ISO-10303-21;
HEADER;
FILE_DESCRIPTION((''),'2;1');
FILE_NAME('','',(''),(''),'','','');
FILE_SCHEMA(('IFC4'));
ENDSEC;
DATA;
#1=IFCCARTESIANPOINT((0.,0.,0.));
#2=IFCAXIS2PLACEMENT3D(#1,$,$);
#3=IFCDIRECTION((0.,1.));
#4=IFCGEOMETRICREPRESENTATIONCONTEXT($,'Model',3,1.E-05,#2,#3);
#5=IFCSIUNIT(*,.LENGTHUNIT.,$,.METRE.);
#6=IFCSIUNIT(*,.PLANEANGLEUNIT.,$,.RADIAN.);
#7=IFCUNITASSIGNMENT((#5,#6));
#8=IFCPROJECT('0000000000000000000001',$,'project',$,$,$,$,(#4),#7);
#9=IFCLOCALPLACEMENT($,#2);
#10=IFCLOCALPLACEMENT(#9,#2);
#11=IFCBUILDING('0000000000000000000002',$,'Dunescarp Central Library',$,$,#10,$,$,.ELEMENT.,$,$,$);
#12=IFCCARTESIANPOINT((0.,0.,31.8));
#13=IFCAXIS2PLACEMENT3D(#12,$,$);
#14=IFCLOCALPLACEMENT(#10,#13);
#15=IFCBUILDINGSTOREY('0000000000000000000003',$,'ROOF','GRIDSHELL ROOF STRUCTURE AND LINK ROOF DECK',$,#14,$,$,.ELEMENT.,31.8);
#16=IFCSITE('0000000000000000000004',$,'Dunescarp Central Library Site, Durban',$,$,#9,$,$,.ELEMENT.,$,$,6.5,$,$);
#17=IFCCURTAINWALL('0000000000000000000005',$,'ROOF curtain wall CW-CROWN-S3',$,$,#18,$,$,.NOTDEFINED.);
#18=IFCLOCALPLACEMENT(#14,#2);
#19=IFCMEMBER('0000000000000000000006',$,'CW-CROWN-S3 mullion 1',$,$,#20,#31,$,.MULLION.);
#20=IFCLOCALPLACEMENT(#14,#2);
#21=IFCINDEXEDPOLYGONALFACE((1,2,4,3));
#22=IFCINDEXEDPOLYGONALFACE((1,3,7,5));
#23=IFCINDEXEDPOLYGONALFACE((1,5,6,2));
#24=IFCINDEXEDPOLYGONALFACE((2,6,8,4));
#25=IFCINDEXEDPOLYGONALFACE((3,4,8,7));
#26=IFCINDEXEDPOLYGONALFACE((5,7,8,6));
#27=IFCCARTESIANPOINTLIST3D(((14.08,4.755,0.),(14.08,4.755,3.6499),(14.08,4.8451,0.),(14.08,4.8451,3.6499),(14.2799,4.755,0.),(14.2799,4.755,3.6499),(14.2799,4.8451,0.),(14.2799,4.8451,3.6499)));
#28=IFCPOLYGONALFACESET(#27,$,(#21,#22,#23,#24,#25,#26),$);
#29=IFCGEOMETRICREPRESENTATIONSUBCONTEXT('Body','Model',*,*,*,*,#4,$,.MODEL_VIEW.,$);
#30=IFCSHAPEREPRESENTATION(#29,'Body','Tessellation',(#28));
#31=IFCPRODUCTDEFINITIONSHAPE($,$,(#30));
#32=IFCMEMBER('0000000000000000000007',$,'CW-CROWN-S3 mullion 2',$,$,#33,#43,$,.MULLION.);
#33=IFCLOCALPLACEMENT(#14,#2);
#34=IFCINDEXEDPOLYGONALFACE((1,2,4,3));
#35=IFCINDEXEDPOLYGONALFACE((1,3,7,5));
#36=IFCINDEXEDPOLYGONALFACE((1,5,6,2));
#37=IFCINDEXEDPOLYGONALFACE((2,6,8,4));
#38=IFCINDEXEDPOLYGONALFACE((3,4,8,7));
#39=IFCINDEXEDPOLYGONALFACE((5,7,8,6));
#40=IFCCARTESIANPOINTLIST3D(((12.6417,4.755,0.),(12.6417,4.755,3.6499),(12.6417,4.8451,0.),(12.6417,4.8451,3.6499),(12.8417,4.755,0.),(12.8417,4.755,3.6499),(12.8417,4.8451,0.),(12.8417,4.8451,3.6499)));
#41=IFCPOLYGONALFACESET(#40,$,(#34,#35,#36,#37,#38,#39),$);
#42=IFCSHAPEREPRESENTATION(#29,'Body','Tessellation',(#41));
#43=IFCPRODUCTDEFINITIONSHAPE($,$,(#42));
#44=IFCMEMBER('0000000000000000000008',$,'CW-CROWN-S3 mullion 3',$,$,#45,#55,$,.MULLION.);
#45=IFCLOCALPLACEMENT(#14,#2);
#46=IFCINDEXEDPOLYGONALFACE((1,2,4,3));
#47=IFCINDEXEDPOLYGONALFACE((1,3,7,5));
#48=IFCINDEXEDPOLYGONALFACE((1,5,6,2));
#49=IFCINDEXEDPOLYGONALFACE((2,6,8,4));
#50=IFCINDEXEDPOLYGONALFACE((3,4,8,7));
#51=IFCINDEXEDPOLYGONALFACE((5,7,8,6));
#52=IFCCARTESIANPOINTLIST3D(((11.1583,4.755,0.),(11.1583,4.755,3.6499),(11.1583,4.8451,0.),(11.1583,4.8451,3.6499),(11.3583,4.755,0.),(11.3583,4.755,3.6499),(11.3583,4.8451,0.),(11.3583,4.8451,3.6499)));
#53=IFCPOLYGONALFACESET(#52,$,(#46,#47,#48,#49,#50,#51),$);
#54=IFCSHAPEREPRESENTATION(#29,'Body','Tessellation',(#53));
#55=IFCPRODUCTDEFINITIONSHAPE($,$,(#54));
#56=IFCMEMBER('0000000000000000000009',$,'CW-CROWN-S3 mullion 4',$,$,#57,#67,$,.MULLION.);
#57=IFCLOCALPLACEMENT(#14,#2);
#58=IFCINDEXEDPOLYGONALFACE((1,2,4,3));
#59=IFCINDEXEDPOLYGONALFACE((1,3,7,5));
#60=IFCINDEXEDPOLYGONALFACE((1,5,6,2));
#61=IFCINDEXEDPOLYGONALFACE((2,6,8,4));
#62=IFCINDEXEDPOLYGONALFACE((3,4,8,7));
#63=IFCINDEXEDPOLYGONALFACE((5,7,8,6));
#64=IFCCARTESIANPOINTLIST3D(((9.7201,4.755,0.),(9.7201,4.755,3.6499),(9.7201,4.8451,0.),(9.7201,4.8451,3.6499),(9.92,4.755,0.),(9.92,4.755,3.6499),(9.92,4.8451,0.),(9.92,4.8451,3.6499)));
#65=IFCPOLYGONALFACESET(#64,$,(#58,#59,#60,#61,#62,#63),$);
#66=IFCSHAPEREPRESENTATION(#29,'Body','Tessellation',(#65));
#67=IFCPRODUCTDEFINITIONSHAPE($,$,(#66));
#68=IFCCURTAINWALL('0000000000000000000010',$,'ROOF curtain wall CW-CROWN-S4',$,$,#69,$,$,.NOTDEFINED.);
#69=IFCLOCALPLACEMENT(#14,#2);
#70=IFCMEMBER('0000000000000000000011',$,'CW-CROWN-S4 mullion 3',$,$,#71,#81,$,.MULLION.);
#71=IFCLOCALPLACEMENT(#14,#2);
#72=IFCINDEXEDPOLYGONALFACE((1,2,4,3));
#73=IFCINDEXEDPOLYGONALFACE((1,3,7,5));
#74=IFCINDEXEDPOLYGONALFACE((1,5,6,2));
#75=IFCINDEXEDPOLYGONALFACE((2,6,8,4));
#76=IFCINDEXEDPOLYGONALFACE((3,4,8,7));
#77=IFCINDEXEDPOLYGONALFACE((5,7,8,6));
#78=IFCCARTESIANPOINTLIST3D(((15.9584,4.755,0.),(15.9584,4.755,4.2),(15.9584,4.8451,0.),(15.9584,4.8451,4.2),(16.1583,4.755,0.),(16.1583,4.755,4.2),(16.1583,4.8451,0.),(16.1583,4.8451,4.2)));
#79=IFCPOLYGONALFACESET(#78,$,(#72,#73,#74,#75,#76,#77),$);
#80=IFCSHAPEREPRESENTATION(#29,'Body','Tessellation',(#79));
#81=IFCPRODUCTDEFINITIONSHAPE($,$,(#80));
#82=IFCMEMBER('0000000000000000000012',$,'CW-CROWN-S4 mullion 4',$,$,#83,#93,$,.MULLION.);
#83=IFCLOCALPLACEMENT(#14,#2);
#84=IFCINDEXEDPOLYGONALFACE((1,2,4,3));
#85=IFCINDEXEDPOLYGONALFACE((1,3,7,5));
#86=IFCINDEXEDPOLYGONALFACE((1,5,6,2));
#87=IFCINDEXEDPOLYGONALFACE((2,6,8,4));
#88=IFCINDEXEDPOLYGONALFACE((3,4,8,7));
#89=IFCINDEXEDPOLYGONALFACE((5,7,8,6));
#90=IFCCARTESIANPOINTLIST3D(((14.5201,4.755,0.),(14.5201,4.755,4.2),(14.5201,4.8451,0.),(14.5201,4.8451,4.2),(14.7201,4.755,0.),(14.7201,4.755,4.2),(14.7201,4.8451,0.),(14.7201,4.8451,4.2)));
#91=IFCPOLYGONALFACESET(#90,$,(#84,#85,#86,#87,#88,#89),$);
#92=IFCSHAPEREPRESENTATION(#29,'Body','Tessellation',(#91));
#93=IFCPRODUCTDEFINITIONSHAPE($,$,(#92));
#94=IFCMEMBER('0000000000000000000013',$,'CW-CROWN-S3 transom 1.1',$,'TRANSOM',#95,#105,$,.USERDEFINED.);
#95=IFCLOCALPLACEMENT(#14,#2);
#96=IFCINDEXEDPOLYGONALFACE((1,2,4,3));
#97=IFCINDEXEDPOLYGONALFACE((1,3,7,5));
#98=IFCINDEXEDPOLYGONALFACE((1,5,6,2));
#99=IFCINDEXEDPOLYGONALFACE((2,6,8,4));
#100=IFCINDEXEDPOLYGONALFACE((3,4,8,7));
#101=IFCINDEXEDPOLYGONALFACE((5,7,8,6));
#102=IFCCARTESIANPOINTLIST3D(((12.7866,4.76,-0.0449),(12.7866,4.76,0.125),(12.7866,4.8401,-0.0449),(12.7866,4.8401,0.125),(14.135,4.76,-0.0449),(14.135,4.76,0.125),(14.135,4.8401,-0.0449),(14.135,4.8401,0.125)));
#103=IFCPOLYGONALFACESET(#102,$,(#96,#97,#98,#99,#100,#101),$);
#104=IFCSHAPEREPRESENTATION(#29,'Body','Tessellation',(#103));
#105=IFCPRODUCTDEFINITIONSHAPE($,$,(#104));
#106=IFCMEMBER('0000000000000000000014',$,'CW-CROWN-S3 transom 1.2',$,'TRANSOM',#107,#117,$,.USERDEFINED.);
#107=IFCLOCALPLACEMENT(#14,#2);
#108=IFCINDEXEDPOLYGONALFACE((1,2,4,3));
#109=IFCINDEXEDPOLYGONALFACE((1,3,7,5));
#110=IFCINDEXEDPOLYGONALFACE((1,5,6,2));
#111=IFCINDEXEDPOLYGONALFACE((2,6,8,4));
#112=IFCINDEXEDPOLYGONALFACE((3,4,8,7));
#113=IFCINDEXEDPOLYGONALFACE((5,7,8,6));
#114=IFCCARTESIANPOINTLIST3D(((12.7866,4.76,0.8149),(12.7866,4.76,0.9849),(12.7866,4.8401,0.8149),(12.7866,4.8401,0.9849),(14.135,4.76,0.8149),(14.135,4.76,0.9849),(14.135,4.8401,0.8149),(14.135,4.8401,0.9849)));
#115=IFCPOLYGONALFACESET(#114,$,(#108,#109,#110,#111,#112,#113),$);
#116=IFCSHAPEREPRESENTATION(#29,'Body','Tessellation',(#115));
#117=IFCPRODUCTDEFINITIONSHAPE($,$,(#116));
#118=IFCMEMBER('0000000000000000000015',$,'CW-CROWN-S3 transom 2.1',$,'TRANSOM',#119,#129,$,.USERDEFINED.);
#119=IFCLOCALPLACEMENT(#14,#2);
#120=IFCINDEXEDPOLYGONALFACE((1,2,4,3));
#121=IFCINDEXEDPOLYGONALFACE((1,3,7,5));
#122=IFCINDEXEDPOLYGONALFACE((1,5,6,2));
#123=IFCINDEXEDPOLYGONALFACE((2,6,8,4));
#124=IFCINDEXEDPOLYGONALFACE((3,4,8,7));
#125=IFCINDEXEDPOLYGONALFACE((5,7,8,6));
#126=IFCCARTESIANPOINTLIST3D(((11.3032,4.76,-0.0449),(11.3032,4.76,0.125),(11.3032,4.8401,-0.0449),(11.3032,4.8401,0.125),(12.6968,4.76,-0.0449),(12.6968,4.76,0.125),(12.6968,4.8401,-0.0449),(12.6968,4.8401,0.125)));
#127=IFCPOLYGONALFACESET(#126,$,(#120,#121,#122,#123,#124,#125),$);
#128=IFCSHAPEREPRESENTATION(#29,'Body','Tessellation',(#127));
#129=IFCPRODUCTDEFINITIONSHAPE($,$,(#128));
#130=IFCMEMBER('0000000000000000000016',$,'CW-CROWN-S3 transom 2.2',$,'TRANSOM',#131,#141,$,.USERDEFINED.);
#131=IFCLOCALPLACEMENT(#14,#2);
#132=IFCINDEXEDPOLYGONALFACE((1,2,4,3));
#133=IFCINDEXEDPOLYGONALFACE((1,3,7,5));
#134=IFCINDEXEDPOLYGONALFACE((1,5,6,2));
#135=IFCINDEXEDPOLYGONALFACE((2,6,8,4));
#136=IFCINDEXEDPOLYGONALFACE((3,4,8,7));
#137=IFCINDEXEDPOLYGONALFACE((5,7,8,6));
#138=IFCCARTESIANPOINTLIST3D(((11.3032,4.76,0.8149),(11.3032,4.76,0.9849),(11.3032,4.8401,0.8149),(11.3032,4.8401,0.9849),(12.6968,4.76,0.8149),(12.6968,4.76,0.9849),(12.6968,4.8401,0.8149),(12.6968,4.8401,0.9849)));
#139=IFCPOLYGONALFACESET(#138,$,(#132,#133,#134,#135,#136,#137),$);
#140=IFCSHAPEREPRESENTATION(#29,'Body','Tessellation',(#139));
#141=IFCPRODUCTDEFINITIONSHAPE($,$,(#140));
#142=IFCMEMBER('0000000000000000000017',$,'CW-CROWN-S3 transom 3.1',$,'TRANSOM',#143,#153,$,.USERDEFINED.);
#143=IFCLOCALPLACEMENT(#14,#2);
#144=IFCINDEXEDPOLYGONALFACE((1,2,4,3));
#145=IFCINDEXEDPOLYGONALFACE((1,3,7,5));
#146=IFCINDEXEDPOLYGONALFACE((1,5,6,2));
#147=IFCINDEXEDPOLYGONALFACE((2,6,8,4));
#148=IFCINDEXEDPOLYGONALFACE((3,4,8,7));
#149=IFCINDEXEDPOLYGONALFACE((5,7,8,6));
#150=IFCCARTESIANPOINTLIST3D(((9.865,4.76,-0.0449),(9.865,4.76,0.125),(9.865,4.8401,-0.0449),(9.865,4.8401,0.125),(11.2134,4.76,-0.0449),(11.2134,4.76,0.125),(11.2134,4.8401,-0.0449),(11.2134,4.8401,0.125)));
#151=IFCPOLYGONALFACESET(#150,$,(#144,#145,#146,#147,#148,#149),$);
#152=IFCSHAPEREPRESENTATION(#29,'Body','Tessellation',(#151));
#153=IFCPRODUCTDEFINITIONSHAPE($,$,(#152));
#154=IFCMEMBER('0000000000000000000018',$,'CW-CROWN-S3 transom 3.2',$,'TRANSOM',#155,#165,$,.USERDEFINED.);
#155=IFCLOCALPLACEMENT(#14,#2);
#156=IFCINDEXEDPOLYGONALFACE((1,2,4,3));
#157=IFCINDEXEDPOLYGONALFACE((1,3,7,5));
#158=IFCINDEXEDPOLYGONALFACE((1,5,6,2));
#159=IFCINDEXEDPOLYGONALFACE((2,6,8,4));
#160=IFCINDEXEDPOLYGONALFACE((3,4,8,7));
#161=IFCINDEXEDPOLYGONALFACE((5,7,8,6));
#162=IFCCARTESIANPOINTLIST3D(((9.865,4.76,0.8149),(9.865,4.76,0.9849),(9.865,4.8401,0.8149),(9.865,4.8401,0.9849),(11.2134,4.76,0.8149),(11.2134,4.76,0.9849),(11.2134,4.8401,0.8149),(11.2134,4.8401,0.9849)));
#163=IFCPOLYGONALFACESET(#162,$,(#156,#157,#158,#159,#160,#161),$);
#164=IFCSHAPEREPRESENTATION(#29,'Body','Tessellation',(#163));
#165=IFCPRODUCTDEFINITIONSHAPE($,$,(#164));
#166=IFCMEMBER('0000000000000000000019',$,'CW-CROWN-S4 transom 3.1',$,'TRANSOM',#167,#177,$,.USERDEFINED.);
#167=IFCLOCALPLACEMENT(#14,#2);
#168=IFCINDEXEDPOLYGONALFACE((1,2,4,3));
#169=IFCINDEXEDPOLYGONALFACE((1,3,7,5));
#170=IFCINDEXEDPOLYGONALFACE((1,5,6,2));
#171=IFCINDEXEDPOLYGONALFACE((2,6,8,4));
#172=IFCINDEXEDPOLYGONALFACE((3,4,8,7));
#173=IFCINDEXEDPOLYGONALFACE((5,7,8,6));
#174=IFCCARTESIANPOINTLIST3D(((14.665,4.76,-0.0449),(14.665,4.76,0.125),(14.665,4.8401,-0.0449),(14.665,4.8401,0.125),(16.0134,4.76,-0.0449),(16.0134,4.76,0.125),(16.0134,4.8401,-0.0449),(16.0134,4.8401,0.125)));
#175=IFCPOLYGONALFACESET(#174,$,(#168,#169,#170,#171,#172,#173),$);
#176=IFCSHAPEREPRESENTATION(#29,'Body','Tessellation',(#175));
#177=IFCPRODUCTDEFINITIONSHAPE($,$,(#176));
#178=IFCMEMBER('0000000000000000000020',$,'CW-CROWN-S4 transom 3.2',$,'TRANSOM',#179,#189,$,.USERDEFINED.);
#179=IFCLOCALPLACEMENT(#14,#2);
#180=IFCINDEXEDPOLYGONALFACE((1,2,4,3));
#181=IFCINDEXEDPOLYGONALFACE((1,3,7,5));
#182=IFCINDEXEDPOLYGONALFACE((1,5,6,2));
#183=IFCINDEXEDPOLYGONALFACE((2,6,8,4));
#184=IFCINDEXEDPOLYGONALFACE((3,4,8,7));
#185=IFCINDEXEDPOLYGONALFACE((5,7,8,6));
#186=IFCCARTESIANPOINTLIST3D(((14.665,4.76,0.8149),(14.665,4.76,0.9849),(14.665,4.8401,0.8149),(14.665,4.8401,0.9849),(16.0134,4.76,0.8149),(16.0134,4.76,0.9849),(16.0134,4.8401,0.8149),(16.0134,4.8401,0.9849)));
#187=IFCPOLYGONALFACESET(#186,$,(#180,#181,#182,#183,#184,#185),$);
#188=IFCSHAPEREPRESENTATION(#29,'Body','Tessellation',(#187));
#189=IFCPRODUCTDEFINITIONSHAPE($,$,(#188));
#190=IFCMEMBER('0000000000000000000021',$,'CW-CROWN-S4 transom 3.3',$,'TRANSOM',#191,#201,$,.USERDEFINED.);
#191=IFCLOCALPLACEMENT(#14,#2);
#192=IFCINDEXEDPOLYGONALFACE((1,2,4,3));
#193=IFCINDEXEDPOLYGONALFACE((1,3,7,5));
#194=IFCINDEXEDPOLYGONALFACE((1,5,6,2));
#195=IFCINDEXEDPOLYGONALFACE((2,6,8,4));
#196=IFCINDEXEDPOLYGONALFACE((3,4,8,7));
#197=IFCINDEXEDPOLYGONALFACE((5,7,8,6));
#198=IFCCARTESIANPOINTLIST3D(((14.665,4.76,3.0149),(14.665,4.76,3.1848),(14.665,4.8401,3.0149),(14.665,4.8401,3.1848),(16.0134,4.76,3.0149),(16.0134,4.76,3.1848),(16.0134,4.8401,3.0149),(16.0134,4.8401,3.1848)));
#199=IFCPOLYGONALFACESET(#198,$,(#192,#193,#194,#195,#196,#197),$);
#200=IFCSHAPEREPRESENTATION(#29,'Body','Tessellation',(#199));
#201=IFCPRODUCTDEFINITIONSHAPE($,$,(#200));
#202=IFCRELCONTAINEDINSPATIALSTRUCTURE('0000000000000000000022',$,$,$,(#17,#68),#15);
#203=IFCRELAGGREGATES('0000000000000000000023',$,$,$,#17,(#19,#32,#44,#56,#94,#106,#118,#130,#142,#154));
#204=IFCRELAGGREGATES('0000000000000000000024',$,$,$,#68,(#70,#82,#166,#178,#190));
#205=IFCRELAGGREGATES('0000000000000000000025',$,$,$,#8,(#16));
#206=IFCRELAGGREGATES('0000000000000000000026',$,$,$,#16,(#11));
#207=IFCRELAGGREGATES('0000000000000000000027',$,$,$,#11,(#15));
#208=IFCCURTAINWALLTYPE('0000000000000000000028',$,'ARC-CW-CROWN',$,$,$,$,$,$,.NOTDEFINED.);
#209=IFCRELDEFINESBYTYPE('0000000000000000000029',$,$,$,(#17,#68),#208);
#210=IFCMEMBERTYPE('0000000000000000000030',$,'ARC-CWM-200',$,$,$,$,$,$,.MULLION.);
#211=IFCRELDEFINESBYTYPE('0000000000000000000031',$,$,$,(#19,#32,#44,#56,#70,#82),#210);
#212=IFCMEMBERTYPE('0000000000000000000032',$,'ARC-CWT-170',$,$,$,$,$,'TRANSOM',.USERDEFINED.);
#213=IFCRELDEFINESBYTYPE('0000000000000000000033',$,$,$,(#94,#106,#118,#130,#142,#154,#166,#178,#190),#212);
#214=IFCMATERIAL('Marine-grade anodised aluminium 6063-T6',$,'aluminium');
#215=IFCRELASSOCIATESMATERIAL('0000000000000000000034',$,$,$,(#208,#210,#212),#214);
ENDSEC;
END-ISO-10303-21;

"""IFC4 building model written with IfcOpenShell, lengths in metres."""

from ifc_helpers import new_model, si_unit, direction, frame, origin, origin_2d, place, context, subcontext, project, spatial, rectangle, extrude, material, material_profile, profile_set, type_object, element, aggregate, save


model = new_model("IFC4")

# Units and contexts
model_context = context("Model", 3, precision=1e-05, world=origin(), true_north=direction((0.0, 1.0)))
body_context = subcontext(model_context, "Body", "Model", "MODEL_VIEW")
ifc_project = project(units=[si_unit("LENGTHUNIT", "METRE"), si_unit("PLANEANGLEUNIT", "RADIAN")], contexts=[model_context])

# Site, building, storey
site_placement = place(None, origin())
site = spatial("IfcSite", under=ifc_project, at=site_placement, Name="Dunescarp Central Library Site, Durban", CompositionType="ELEMENT", RefElevation=6.5)
building_placement = place(site_placement, origin())
building = spatial("IfcBuilding", under=site, at=building_placement, Name="Dunescarp Central Library", CompositionType="ELEMENT")
storey_placement = place(building_placement, frame((0.0, 0.0, 31.8)))
storey = spatial("IfcBuildingStorey", under=building, at=storey_placement, Name="ROOF", Description="GRIDSHELL ROOF STRUCTURE AND LINK ROOF DECK", CompositionType="ELEMENT", Elevation=31.8)

# Curtain walls, members
ifc_material_1 = material(Name="Marine-grade anodised aluminium 6063-T6", Category="aluminium")
curtain_wall_type = type_object("IfcCurtainWallType", Name="ARC-CW-CROWN", PredefinedType="NOTDEFINED", material=ifc_material_1)
curtain_wall_1_placement = place(storey_placement, origin())
curtain_wall_1 = element("IfcCurtainWall", 1, at=curtain_wall_1_placement, inside=storey, type_object=curtain_wall_type, Name="ROOF curtain wall CW-CROWN-S3", PredefinedType="NOTDEFINED")
ifc_material_profile_1 = material_profile(ifc_material_1, rectangle(XDim=0.0901, YDim=0.2, at=origin_2d()), Name="AL 90x200")
ifc_profile_set_1 = profile_set([ifc_material_profile_1], Name="Marine-grade anodised aluminium 6063-T6")
member_type_1 = type_object("IfcMemberType", Name="ARC-CWM-200", PredefinedType="MULLION", material=ifc_profile_set_1)
member_1_placement = place(storey_placement, frame((14.1799, 4.8, 0.0), z_axis=(0.0, 0.0, 1.0), x_axis=(0.0, -1.0, 0.0)))
member_1 = element("IfcMember", 2, at=member_1_placement, type_object=member_type_1, Name="CW-CROWN-S3 mullion 1", PredefinedType="MULLION", context=body_context, shape_type="SweptSolid", body=[
    extrude(rectangle(XDim=0.0901, YDim=0.2, at=origin_2d()), origin(), (0.0, 0.0, 1.0), 3.6499),
])
member_2_placement = place(storey_placement, frame((12.7417, 4.8, 0.0), z_axis=(0.0, 0.0, 1.0), x_axis=(0.0, -1.0, 0.0)))
member_2 = element("IfcMember", 3, at=member_2_placement, type_object=member_type_1, Name="CW-CROWN-S3 mullion 2", PredefinedType="MULLION", context=body_context, shape_type="SweptSolid", body=[
    extrude(rectangle(XDim=0.0901, YDim=0.2, at=origin_2d()), origin(), (0.0, 0.0, 1.0), 3.6499),
])
member_3_placement = place(storey_placement, frame((11.2583, 4.8, 0.0), z_axis=(0.0, 0.0, 1.0), x_axis=(0.0, -1.0, 0.0)))
member_3 = element("IfcMember", 4, at=member_3_placement, type_object=member_type_1, Name="CW-CROWN-S3 mullion 3", PredefinedType="MULLION", context=body_context, shape_type="SweptSolid", body=[
    extrude(rectangle(XDim=0.0901, YDim=0.2, at=origin_2d()), origin(), (0.0, 0.0, 1.0), 3.6499),
])
member_4_placement = place(storey_placement, frame((9.8201, 4.8, 0.0), z_axis=(0.0, 0.0, 1.0), x_axis=(0.0, -1.0, 0.0)))
member_4 = element("IfcMember", 5, at=member_4_placement, type_object=member_type_1, Name="CW-CROWN-S3 mullion 4", PredefinedType="MULLION", context=body_context, shape_type="SweptSolid", body=[
    extrude(rectangle(XDim=0.0901, YDim=0.2, at=origin_2d()), origin(), (0.0, 0.0, 1.0), 3.6499),
])
curtain_wall_2_placement = place(storey_placement, origin())
curtain_wall_2 = element("IfcCurtainWall", 6, at=curtain_wall_2_placement, inside=storey, type_object=curtain_wall_type, Name="ROOF curtain wall CW-CROWN-S4", PredefinedType="NOTDEFINED")
member_5_placement = place(storey_placement, frame((16.0583, 4.8, 0.0), z_axis=(0.0, 0.0, 1.0), x_axis=(0.0, -1.0, 0.0)))
member_5 = element("IfcMember", 7, at=member_5_placement, type_object=member_type_1, Name="CW-CROWN-S4 mullion 3", PredefinedType="MULLION", context=body_context, shape_type="SweptSolid", body=[
    extrude(rectangle(XDim=0.0901, YDim=0.2, at=origin_2d()), origin(), (0.0, 0.0, 1.0), 4.2),
])
member_6_placement = place(storey_placement, frame((14.6201, 4.8, 0.0), z_axis=(0.0, 0.0, 1.0), x_axis=(0.0, -1.0, 0.0)))
member_6 = element("IfcMember", 8, at=member_6_placement, type_object=member_type_1, Name="CW-CROWN-S4 mullion 4", PredefinedType="MULLION", context=body_context, shape_type="SweptSolid", body=[
    extrude(rectangle(XDim=0.0901, YDim=0.2, at=origin_2d()), origin(), (0.0, 0.0, 1.0), 4.2),
])

# Members
ifc_material_profile_2 = material_profile(ifc_material_1, rectangle(XDim=0.0801, YDim=0.1699, at=origin_2d()), Name="AL 80x170")
ifc_profile_set_2 = profile_set([ifc_material_profile_2], Name="Marine-grade anodised aluminium 6063-T6")
member_type_2 = type_object("IfcMemberType", Name="ARC-CWT-170", ElementType="TRANSOM", PredefinedType="USERDEFINED", material=ifc_profile_set_2)
member_7_placement = place(storey_placement, frame((14.135, 4.8, 0.04), z_axis=(-1.0, 0.0, 0.0), x_axis=(0.0, -1.0, 0.0)))
member_7 = element("IfcMember", 9, at=member_7_placement, type_object=member_type_2, Name="CW-CROWN-S3 transom 1.1", ObjectType="TRANSOM", PredefinedType="USERDEFINED", context=body_context, shape_type="SweptSolid", body=[
    extrude(rectangle(XDim=0.0801, YDim=0.1699, at=origin_2d()), origin(), (0.0, 0.0, 1.0), 1.3484),
])
member_8_placement = place(storey_placement, frame((14.135, 4.8, 0.8999), z_axis=(-1.0, 0.0, 0.0), x_axis=(0.0, -1.0, 0.0)))
member_8 = element("IfcMember", 10, at=member_8_placement, type_object=member_type_2, Name="CW-CROWN-S3 transom 1.2", ObjectType="TRANSOM", PredefinedType="USERDEFINED", context=body_context, shape_type="SweptSolid", body=[
    extrude(rectangle(XDim=0.0801, YDim=0.1699, at=origin_2d()), origin(), (0.0, 0.0, 1.0), 1.3484),
])
member_9_placement = place(storey_placement, frame((12.6968, 4.8, 0.04), z_axis=(-1.0, 0.0, 0.0), x_axis=(0.0, -1.0, 0.0)))
member_9 = element("IfcMember", 11, at=member_9_placement, type_object=member_type_2, Name="CW-CROWN-S3 transom 2.1", ObjectType="TRANSOM", PredefinedType="USERDEFINED", context=body_context, shape_type="SweptSolid", body=[
    extrude(rectangle(XDim=0.0801, YDim=0.1699, at=origin_2d()), origin(), (0.0, 0.0, 1.0), 1.3936),
])
member_10_placement = place(storey_placement, frame((12.6968, 4.8, 0.8999), z_axis=(-1.0, 0.0, 0.0), x_axis=(0.0, -1.0, 0.0)))
member_10 = element("IfcMember", 12, at=member_10_placement, type_object=member_type_2, Name="CW-CROWN-S3 transom 2.2", ObjectType="TRANSOM", PredefinedType="USERDEFINED", context=body_context, shape_type="SweptSolid", body=[
    extrude(rectangle(XDim=0.0801, YDim=0.1699, at=origin_2d()), origin(), (0.0, 0.0, 1.0), 1.3936),
])
member_11_placement = place(storey_placement, frame((11.2134, 4.8, 0.04), z_axis=(-1.0, 0.0, 0.0), x_axis=(0.0, -1.0, 0.0)))
member_11 = element("IfcMember", 13, at=member_11_placement, type_object=member_type_2, Name="CW-CROWN-S3 transom 3.1", ObjectType="TRANSOM", PredefinedType="USERDEFINED", context=body_context, shape_type="SweptSolid", body=[
    extrude(rectangle(XDim=0.0801, YDim=0.1699, at=origin_2d()), origin(), (0.0, 0.0, 1.0), 1.3484),
])
member_12_placement = place(storey_placement, frame((11.2134, 4.8, 0.8999), z_axis=(-1.0, 0.0, 0.0), x_axis=(0.0, -1.0, 0.0)))
member_12 = element("IfcMember", 14, at=member_12_placement, type_object=member_type_2, Name="CW-CROWN-S3 transom 3.2", ObjectType="TRANSOM", PredefinedType="USERDEFINED", context=body_context, shape_type="SweptSolid", body=[
    extrude(rectangle(XDim=0.0801, YDim=0.1699, at=origin_2d()), origin(), (0.0, 0.0, 1.0), 1.3484),
])
member_13_placement = place(storey_placement, frame((16.0134, 4.8, 0.04), z_axis=(-1.0, 0.0, 0.0), x_axis=(0.0, -1.0, 0.0)))
member_13 = element("IfcMember", 15, at=member_13_placement, type_object=member_type_2, Name="CW-CROWN-S4 transom 3.1", ObjectType="TRANSOM", PredefinedType="USERDEFINED", context=body_context, shape_type="SweptSolid", body=[
    extrude(rectangle(XDim=0.0801, YDim=0.1699, at=origin_2d()), origin(), (0.0, 0.0, 1.0), 1.3484),
])
member_14_placement = place(storey_placement, frame((16.0134, 4.8, 0.8999), z_axis=(-1.0, 0.0, 0.0), x_axis=(0.0, -1.0, 0.0)))
member_14 = element("IfcMember", 16, at=member_14_placement, type_object=member_type_2, Name="CW-CROWN-S4 transom 3.2", ObjectType="TRANSOM", PredefinedType="USERDEFINED", context=body_context, shape_type="SweptSolid", body=[
    extrude(rectangle(XDim=0.0801, YDim=0.1699, at=origin_2d()), origin(), (0.0, 0.0, 1.0), 1.3484),
])
member_15_placement = place(storey_placement, frame((16.0134, 4.8, 3.0999), z_axis=(-1.0, 0.0, 0.0), x_axis=(0.0, -1.0, 0.0)))
member_15 = element("IfcMember", 17, at=member_15_placement, type_object=member_type_2, Name="CW-CROWN-S4 transom 3.3", ObjectType="TRANSOM", PredefinedType="USERDEFINED", context=body_context, shape_type="SweptSolid", body=[
    extrude(rectangle(XDim=0.0801, YDim=0.1699, at=origin_2d()), origin(), (0.0, 0.0, 1.0), 1.3484),
])

aggregate(curtain_wall_1, [member_1, member_2, member_3, member_4, member_7, member_8, member_9, member_10, member_11, member_12])
aggregate(curtain_wall_2, [member_5, member_6, member_13, member_14, member_15])

save(model, "model.ifc")
